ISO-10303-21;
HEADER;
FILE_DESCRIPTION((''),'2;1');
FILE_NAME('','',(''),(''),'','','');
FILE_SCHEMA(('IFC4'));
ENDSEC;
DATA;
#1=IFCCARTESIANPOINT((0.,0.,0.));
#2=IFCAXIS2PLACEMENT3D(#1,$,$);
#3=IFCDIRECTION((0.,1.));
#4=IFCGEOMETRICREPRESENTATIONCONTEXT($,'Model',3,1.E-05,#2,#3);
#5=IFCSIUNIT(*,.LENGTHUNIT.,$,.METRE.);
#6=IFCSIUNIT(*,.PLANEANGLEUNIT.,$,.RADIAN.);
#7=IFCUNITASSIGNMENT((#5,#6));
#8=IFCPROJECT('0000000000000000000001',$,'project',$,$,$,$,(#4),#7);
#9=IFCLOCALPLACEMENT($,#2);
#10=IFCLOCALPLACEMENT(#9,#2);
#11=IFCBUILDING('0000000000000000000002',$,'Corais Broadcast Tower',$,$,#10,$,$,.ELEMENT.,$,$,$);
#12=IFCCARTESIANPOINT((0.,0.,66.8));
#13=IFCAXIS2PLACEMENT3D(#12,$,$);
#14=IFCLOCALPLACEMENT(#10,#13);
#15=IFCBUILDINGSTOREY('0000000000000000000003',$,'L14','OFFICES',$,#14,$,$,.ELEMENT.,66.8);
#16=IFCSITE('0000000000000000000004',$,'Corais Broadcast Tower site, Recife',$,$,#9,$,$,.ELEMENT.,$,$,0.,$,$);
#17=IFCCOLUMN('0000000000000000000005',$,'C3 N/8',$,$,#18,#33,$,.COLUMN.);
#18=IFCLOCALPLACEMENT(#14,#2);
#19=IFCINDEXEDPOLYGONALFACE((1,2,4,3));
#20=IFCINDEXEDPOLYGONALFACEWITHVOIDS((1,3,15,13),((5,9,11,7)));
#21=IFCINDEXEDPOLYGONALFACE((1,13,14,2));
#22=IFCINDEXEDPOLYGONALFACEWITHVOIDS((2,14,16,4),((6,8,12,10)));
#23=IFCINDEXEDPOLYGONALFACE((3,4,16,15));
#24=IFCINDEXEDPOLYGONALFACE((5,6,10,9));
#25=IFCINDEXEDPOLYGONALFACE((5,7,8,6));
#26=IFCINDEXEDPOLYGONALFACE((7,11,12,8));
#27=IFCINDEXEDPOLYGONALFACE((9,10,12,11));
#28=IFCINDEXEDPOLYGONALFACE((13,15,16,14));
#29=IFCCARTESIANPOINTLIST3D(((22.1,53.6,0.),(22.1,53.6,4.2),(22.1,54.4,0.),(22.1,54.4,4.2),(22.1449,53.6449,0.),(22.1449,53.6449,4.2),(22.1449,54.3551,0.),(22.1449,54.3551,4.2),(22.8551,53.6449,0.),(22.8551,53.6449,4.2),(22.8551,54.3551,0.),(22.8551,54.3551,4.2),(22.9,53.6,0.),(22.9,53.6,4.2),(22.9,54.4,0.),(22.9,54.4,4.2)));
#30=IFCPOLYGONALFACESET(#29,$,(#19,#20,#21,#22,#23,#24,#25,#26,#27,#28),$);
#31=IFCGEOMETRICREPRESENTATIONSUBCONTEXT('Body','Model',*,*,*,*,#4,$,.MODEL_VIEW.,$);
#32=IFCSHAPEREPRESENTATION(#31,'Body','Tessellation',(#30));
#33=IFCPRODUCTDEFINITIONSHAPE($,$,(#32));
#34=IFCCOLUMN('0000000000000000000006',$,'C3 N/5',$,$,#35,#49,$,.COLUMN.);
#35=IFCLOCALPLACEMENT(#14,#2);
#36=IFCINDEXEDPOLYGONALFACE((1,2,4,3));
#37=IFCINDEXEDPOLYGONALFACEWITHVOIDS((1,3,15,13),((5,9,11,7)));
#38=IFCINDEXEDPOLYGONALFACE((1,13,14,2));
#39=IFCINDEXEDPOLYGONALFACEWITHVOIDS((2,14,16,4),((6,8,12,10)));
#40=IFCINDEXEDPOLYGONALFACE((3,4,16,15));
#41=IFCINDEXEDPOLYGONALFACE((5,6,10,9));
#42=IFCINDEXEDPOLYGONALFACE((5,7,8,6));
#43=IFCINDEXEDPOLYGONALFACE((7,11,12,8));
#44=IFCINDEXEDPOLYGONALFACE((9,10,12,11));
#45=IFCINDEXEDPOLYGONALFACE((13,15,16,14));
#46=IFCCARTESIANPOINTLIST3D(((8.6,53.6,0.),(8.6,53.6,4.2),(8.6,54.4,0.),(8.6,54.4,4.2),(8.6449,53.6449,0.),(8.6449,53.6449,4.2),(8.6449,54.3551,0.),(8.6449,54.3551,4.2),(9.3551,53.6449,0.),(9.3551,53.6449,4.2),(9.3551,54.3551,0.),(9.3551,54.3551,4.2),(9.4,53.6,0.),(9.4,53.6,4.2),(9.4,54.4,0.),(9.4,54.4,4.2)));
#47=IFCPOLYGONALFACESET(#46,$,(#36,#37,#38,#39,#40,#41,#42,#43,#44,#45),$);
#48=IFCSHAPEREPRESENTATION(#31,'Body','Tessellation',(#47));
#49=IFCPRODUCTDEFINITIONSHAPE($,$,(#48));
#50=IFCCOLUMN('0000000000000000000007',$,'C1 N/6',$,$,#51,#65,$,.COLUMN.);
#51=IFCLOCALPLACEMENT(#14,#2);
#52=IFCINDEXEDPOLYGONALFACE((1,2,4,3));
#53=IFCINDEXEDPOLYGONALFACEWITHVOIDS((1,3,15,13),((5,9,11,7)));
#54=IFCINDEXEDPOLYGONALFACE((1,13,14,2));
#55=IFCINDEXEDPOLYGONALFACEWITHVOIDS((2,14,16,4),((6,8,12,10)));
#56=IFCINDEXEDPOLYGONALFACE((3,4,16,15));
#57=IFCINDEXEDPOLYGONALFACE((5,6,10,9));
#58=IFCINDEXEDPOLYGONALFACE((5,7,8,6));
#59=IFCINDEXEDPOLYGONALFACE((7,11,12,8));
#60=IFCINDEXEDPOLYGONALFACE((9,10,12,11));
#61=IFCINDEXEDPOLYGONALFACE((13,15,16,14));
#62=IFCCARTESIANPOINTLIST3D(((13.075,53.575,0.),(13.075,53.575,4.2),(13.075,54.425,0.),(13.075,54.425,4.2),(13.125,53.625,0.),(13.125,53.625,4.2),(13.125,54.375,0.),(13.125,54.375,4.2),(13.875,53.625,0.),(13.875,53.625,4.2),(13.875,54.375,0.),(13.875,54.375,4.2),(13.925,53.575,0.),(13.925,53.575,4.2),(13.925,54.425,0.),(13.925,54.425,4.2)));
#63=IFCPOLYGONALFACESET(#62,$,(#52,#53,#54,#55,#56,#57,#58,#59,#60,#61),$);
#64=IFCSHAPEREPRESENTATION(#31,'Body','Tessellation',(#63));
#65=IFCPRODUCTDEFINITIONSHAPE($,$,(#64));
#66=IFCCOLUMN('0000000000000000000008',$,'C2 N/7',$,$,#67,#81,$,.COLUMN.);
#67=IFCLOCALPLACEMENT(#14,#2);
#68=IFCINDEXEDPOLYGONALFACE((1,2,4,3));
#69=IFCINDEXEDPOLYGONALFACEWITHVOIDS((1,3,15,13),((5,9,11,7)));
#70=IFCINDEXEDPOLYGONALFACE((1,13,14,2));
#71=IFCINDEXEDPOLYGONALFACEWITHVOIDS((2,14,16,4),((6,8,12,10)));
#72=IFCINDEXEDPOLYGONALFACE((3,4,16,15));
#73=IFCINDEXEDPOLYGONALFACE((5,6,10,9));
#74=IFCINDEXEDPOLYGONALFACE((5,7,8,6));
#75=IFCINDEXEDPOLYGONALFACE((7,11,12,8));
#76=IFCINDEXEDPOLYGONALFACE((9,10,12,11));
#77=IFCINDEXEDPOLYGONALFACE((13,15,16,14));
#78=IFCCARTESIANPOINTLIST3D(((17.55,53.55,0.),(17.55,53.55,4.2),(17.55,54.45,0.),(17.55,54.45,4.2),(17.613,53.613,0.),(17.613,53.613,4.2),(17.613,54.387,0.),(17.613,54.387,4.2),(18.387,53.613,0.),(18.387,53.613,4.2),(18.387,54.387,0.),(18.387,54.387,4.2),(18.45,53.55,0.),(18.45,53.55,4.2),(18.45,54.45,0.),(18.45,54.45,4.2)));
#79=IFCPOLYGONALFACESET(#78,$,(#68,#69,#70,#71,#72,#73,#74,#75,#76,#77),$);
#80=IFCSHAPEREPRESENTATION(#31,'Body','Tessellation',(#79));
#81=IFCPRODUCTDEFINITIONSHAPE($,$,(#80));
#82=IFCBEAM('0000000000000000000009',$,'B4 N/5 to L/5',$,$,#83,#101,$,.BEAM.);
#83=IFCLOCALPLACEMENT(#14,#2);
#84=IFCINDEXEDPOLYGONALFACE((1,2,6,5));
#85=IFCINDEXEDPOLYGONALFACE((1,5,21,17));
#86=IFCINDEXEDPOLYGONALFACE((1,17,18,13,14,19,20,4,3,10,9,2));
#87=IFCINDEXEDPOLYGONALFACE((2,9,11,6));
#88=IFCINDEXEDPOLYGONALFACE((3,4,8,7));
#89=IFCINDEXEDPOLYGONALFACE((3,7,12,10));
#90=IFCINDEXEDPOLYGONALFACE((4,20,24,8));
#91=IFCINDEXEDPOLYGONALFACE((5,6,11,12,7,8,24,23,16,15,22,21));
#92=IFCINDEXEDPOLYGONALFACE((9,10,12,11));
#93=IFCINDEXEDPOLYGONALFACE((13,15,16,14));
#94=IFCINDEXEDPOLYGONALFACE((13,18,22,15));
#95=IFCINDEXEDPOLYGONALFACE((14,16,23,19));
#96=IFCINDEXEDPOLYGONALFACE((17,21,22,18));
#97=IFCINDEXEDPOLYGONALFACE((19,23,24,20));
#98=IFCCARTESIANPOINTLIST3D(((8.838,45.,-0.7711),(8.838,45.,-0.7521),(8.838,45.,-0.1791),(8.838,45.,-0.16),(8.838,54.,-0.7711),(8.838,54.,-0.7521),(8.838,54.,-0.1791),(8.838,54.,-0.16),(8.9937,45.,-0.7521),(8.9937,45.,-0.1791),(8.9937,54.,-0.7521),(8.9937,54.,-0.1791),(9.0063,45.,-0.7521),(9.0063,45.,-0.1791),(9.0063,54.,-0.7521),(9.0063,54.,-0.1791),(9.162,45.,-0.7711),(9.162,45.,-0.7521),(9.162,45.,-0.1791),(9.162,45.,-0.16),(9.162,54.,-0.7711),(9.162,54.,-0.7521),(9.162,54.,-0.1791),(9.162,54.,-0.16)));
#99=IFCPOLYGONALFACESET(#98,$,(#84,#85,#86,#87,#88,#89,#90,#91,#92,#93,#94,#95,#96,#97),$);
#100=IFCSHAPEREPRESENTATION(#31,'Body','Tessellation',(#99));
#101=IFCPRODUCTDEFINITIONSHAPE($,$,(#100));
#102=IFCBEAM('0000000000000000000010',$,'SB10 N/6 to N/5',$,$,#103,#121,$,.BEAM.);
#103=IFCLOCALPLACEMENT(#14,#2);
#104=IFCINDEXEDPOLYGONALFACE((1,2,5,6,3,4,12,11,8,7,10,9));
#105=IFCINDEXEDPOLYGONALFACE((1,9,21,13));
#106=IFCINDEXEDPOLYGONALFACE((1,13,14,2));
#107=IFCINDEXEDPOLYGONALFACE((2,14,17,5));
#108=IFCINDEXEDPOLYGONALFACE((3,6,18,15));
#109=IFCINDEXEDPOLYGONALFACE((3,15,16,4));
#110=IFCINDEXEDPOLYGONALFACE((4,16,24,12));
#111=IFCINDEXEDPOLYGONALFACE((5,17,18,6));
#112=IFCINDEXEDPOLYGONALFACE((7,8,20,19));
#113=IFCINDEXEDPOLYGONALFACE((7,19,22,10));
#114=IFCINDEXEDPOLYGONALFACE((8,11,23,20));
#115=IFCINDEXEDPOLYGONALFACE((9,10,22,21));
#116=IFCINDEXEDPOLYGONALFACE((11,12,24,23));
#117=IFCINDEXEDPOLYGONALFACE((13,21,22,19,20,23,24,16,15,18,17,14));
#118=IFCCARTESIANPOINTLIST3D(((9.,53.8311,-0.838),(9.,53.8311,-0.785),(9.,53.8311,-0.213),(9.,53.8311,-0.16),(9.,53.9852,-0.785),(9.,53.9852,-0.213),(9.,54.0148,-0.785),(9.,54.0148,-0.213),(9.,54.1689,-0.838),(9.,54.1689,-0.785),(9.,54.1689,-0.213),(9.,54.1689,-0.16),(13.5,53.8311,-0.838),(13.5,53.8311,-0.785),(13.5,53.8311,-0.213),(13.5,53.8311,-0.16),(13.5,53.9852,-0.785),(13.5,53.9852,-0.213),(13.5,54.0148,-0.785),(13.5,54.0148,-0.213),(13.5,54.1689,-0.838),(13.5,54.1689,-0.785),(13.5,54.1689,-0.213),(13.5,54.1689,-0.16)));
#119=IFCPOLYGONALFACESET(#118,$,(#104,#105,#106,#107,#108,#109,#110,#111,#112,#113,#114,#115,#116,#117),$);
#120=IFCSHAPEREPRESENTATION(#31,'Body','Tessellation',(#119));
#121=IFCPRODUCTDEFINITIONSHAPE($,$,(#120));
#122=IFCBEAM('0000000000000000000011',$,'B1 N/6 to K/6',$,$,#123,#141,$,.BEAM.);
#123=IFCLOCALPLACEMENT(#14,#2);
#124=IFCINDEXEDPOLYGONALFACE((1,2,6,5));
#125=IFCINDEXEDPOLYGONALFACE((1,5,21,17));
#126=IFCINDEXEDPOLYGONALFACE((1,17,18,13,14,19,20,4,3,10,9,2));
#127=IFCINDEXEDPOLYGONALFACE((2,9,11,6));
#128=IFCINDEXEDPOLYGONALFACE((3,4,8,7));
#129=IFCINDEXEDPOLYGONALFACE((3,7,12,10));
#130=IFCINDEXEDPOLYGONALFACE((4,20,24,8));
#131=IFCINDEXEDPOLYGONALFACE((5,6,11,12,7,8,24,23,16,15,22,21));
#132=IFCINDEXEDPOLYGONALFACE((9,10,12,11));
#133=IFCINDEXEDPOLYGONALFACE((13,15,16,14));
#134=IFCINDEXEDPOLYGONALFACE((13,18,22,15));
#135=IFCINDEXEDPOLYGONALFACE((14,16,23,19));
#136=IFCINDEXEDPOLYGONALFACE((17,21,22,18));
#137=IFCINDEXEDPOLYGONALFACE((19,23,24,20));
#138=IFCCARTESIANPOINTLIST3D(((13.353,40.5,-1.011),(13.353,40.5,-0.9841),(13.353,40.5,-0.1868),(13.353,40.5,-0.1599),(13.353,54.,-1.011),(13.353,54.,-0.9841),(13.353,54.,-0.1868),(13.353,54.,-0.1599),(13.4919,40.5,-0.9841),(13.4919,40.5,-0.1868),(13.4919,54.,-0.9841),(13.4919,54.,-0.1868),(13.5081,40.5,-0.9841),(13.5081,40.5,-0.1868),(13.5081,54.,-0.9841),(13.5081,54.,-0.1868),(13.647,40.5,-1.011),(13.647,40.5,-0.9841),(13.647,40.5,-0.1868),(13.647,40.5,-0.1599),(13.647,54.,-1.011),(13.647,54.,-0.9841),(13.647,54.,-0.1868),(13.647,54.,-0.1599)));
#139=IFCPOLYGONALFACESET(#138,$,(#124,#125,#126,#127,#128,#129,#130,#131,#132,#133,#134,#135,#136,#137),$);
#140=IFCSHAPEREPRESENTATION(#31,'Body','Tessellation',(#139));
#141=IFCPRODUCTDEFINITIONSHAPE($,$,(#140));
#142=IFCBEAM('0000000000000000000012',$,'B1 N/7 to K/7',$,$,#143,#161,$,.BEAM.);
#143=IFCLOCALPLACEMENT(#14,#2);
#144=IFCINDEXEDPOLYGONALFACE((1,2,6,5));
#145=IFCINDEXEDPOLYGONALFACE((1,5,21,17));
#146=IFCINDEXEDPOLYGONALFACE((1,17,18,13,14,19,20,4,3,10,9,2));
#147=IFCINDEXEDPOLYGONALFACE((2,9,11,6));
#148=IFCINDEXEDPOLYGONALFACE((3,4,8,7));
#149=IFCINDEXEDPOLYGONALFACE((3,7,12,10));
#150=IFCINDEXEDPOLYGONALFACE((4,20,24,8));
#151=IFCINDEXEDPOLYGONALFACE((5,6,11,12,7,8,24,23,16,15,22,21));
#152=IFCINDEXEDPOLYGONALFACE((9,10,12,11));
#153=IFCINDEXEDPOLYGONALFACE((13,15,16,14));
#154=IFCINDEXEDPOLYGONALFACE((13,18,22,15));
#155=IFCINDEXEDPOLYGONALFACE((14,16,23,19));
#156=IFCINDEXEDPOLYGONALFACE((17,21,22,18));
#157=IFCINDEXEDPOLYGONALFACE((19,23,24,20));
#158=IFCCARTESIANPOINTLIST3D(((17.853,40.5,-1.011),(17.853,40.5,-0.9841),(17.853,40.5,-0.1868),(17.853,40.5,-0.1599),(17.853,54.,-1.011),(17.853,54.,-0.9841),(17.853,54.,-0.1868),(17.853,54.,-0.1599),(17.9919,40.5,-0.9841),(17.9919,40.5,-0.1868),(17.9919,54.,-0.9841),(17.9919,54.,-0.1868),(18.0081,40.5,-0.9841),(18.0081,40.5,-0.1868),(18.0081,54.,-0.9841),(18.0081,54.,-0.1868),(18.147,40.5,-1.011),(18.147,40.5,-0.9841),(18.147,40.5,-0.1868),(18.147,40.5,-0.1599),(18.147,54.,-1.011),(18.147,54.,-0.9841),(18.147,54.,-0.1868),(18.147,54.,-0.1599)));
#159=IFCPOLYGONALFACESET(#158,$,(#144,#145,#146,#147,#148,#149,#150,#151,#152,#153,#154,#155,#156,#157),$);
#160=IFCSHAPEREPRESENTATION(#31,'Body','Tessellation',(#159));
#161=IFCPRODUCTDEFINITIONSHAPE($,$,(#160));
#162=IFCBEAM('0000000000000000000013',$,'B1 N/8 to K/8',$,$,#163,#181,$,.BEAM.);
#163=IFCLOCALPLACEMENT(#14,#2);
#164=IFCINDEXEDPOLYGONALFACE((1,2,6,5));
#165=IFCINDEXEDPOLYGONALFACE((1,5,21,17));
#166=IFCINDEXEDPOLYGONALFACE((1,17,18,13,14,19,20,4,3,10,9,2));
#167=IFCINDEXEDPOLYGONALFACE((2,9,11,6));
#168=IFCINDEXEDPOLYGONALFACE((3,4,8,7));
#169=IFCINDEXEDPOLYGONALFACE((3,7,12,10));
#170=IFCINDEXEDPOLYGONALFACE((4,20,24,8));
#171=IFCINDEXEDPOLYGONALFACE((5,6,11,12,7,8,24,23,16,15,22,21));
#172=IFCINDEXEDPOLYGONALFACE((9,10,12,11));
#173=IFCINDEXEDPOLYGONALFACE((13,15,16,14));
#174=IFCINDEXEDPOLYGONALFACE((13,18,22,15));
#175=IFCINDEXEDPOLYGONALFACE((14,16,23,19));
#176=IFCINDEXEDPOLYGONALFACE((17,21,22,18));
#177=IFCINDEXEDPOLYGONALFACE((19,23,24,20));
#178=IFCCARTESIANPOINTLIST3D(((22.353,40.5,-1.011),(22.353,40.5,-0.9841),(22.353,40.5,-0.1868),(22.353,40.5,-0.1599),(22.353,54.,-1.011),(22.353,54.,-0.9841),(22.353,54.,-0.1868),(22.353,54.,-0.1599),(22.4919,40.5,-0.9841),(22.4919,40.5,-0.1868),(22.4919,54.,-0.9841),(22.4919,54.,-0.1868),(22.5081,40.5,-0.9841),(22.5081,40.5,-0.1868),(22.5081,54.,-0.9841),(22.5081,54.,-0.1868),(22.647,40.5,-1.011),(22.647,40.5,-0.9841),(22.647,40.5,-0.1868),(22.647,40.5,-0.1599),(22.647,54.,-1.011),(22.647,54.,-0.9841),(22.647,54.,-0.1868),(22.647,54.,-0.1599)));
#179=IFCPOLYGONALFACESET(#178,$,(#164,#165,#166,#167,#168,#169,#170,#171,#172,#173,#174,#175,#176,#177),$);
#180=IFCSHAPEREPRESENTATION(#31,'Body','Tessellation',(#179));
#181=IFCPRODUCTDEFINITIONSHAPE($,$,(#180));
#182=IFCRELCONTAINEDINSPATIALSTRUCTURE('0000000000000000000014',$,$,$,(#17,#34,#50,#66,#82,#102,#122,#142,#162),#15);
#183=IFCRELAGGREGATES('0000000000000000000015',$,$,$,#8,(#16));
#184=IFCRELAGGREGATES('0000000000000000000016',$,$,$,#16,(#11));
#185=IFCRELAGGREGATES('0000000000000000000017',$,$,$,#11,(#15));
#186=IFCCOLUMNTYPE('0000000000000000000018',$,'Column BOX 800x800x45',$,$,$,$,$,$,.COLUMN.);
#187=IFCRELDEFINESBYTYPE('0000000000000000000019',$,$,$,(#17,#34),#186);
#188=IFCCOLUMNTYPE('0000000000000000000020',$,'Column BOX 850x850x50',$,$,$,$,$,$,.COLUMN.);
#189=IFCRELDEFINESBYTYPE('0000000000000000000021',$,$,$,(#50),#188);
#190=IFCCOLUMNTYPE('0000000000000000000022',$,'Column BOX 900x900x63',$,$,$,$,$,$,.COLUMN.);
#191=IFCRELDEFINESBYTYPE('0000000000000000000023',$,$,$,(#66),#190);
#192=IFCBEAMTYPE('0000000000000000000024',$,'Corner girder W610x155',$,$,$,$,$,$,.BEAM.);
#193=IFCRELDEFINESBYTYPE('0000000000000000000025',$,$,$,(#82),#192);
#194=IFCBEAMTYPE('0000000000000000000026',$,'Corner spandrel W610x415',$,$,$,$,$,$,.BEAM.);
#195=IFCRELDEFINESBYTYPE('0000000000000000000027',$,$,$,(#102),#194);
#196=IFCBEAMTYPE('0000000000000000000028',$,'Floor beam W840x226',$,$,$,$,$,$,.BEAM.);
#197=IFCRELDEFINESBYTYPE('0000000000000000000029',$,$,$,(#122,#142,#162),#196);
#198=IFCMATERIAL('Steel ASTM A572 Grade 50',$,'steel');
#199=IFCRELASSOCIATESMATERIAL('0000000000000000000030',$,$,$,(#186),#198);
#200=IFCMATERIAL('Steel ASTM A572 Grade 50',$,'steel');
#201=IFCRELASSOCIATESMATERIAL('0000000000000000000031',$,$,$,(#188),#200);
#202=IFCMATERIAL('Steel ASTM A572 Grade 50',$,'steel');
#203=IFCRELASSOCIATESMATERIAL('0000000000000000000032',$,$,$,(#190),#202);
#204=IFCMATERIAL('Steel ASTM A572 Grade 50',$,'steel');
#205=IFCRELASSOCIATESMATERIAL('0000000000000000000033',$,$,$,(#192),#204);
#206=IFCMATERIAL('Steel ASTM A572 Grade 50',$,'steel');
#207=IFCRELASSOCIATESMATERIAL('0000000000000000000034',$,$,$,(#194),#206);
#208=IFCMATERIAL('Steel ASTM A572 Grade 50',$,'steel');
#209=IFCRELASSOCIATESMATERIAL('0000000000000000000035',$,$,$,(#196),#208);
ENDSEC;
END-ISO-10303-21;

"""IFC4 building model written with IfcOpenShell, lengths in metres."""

from ifc_helpers import new_model, si_unit, direction, frame, origin, origin_2d, place, context, subcontext, project, spatial, hollow_rectangle, i_section, extrude, material, material_profile, profile_set, type_object, element, save


model = new_model("IFC4")

# Units and contexts
model_context = context("Model", 3, precision=1e-05, world=origin(), true_north=direction((0.0, 1.0)))
body_context = subcontext(model_context, "Body", "Model", "MODEL_VIEW")
ifc_project = project(units=[si_unit("LENGTHUNIT", "METRE"), si_unit("PLANEANGLEUNIT", "RADIAN")], contexts=[model_context])

# Site, building, storey
site_placement = place(None, origin())
site = spatial("IfcSite", under=ifc_project, at=site_placement, Name="Corais Broadcast Tower site, Recife", CompositionType="ELEMENT", RefElevation=0.0)
building_placement = place(site_placement, origin())
building = spatial("IfcBuilding", under=site, at=building_placement, Name="Corais Broadcast Tower", CompositionType="ELEMENT")
storey_placement = place(building_placement, frame((0.0, 0.0, 66.8)))
storey = spatial("IfcBuildingStorey", under=building, at=storey_placement, Name="L14", Description="OFFICES", CompositionType="ELEMENT", Elevation=66.8)

# Columns
ifc_material_1 = material(Name="Steel ASTM A572 Grade 50", Category="steel")
ifc_material_profile_1 = material_profile(ifc_material_1, hollow_rectangle(XDim=0.8, YDim=0.8, WallThickness=0.0449, at=origin_2d()), Name="BOX 800x800x45")
ifc_profile_set_1 = profile_set([ifc_material_profile_1], Name="Steel ASTM A572 Grade 50")
column_type_1 = type_object("IfcColumnType", Name="Column BOX 800x800x45", PredefinedType="COLUMN", material=ifc_profile_set_1)
for number, where, z_axis, x_axis, name in (
    (1, (22.5, 54.0, 0.0), (0.0, 0.0, 1.0), (1.0, 0.0, 0.0), "C3 N/8"),
    (2, (9.0, 54.0, 0.0), (0.0, 0.0, 1.0), (1.0, 0.0, 0.0), "C3 N/5"),
):
    element("IfcColumn", number, at=place(storey_placement, frame(where, z_axis=z_axis, x_axis=x_axis)), inside=storey, type_object=column_type_1, Name=name, PredefinedType="COLUMN", context=body_context, shape_type="SweptSolid", body=[
        extrude(hollow_rectangle(XDim=0.8, YDim=0.8, WallThickness=0.0449, at=origin_2d()), origin(), (0.0, 0.0, 1.0), 4.2),
    ])
ifc_material_2 = material(Name="Steel ASTM A572 Grade 50", Category="steel")
ifc_material_profile_2 = material_profile(ifc_material_2, hollow_rectangle(XDim=0.8501, YDim=0.8501, WallThickness=0.05, at=origin_2d()), Name="BOX 850x850x50")
ifc_profile_set_2 = profile_set([ifc_material_profile_2], Name="Steel ASTM A572 Grade 50")
column_type_2 = type_object("IfcColumnType", Name="Column BOX 850x850x50", PredefinedType="COLUMN", material=ifc_profile_set_2)
column_1_placement = place(storey_placement, frame((13.5, 54.0, 0.0), z_axis=(0.0, 0.0, 1.0), x_axis=(1.0, 0.0, 0.0)))
element("IfcColumn", 3, at=column_1_placement, inside=storey, type_object=column_type_2, Name="C1 N/6", PredefinedType="COLUMN", context=body_context, shape_type="SweptSolid", body=[
    extrude(hollow_rectangle(XDim=0.8501, YDim=0.8501, WallThickness=0.05, at=origin_2d()), origin(), (0.0, 0.0, 1.0), 4.2),
])
ifc_material_3 = material(Name="Steel ASTM A572 Grade 50", Category="steel")
ifc_material_profile_3 = material_profile(ifc_material_3, hollow_rectangle(XDim=0.8999, YDim=0.8999, WallThickness=0.063, at=origin_2d()), Name="BOX 900x900x63")
ifc_profile_set_3 = profile_set([ifc_material_profile_3], Name="Steel ASTM A572 Grade 50")
column_type_3 = type_object("IfcColumnType", Name="Column BOX 900x900x63", PredefinedType="COLUMN", material=ifc_profile_set_3)
column_2_placement = place(storey_placement, frame((18.0, 54.0, 0.0), z_axis=(0.0, 0.0, 1.0), x_axis=(1.0, 0.0, 0.0)))
element("IfcColumn", 4, at=column_2_placement, inside=storey, type_object=column_type_3, Name="C2 N/7", PredefinedType="COLUMN", context=body_context, shape_type="SweptSolid", body=[
    extrude(hollow_rectangle(XDim=0.8999, YDim=0.8999, WallThickness=0.063, at=origin_2d()), origin(), (0.0, 0.0, 1.0), 4.2),
])

# Beams
ifc_material_4 = material(Name="Steel ASTM A572 Grade 50", Category="steel")
ifc_material_profile_4 = material_profile(ifc_material_4, i_section(OverallWidth=0.324, OverallDepth=0.6111, WebThickness=0.0127, FlangeThickness=0.019, at=origin_2d()), Name="W610x155")
ifc_profile_set_4 = profile_set([ifc_material_profile_4], Name="Steel ASTM A572 Grade 50")
beam_type_1 = type_object("IfcBeamType", Name="Corner girder W610x155", PredefinedType="BEAM", material=ifc_profile_set_4)
beam_1_placement = place(storey_placement, frame((9.0, 54.0, -0.4656), z_axis=(0.0, -1.0, 0.0), x_axis=(1.0, 0.0, 0.0)))
element("IfcBeam", 5, at=beam_1_placement, inside=storey, type_object=beam_type_1, Name="B4 N/5 to L/5", PredefinedType="BEAM", context=body_context, shape_type="SweptSolid", body=[
    extrude(i_section(OverallWidth=0.324, OverallDepth=0.6111, WebThickness=0.0127, FlangeThickness=0.019, at=origin_2d()), origin(), (0.0, 0.0, 1.0), 9.0),
])
ifc_material_5 = material(Name="Steel ASTM A572 Grade 50", Category="steel")
ifc_material_profile_5 = material_profile(ifc_material_5, i_section(OverallWidth=0.3379, OverallDepth=0.678, WebThickness=0.0295, FlangeThickness=0.053, at=origin_2d()), Name="W610x415")
ifc_profile_set_5 = profile_set([ifc_material_profile_5], Name="Steel ASTM A572 Grade 50")
beam_type_2 = type_object("IfcBeamType", Name="Corner spandrel W610x415", PredefinedType="BEAM", material=ifc_profile_set_5)
beam_2_placement = place(storey_placement, frame((13.5, 54.0, -0.499), z_axis=(-1.0, 0.0, 0.0), x_axis=(0.0, -1.0, 0.0)))
element("IfcBeam", 6, at=beam_2_placement, inside=storey, type_object=beam_type_2, Name="SB10 N/6 to N/5", PredefinedType="BEAM", context=body_context, shape_type="SweptSolid", body=[
    extrude(i_section(OverallWidth=0.3379, OverallDepth=0.678, WebThickness=0.0295, FlangeThickness=0.053, at=origin_2d()), origin(), (0.0, 0.0, 1.0), 4.5),
])
ifc_material_6 = material(Name="Steel ASTM A572 Grade 50", Category="steel")
ifc_material_profile_6 = material_profile(ifc_material_6, i_section(OverallWidth=0.2939, OverallDepth=0.8511, WebThickness=0.0161, FlangeThickness=0.0269, at=origin_2d()), Name="W840x226")
ifc_profile_set_6 = profile_set([ifc_material_profile_6], Name="Steel ASTM A572 Grade 50")
beam_type_3 = type_object("IfcBeamType", Name="Floor beam W840x226", PredefinedType="BEAM", material=ifc_profile_set_6)
for number, where, z_axis, x_axis, name in (
    (7, (13.5, 54.0, -0.5854), (0.0, -1.0, 0.0), (1.0, 0.0, 0.0), "B1 N/6 to K/6"),
    (8, (18.0, 54.0, -0.5854), (0.0, -1.0, 0.0), (1.0, 0.0, 0.0), "B1 N/7 to K/7"),
    (9, (22.5, 54.0, -0.5854), (0.0, -1.0, 0.0), (1.0, 0.0, 0.0), "B1 N/8 to K/8"),
):
    element("IfcBeam", number, at=place(storey_placement, frame(where, z_axis=z_axis, x_axis=x_axis)), inside=storey, type_object=beam_type_3, Name=name, PredefinedType="BEAM", context=body_context, shape_type="SweptSolid", body=[
        extrude(i_section(OverallWidth=0.2939, OverallDepth=0.8511, WebThickness=0.0161, FlangeThickness=0.0269, at=origin_2d()), origin(), (0.0, 0.0, 1.0), 13.5),
    ])

save(model, "model.ifc")
